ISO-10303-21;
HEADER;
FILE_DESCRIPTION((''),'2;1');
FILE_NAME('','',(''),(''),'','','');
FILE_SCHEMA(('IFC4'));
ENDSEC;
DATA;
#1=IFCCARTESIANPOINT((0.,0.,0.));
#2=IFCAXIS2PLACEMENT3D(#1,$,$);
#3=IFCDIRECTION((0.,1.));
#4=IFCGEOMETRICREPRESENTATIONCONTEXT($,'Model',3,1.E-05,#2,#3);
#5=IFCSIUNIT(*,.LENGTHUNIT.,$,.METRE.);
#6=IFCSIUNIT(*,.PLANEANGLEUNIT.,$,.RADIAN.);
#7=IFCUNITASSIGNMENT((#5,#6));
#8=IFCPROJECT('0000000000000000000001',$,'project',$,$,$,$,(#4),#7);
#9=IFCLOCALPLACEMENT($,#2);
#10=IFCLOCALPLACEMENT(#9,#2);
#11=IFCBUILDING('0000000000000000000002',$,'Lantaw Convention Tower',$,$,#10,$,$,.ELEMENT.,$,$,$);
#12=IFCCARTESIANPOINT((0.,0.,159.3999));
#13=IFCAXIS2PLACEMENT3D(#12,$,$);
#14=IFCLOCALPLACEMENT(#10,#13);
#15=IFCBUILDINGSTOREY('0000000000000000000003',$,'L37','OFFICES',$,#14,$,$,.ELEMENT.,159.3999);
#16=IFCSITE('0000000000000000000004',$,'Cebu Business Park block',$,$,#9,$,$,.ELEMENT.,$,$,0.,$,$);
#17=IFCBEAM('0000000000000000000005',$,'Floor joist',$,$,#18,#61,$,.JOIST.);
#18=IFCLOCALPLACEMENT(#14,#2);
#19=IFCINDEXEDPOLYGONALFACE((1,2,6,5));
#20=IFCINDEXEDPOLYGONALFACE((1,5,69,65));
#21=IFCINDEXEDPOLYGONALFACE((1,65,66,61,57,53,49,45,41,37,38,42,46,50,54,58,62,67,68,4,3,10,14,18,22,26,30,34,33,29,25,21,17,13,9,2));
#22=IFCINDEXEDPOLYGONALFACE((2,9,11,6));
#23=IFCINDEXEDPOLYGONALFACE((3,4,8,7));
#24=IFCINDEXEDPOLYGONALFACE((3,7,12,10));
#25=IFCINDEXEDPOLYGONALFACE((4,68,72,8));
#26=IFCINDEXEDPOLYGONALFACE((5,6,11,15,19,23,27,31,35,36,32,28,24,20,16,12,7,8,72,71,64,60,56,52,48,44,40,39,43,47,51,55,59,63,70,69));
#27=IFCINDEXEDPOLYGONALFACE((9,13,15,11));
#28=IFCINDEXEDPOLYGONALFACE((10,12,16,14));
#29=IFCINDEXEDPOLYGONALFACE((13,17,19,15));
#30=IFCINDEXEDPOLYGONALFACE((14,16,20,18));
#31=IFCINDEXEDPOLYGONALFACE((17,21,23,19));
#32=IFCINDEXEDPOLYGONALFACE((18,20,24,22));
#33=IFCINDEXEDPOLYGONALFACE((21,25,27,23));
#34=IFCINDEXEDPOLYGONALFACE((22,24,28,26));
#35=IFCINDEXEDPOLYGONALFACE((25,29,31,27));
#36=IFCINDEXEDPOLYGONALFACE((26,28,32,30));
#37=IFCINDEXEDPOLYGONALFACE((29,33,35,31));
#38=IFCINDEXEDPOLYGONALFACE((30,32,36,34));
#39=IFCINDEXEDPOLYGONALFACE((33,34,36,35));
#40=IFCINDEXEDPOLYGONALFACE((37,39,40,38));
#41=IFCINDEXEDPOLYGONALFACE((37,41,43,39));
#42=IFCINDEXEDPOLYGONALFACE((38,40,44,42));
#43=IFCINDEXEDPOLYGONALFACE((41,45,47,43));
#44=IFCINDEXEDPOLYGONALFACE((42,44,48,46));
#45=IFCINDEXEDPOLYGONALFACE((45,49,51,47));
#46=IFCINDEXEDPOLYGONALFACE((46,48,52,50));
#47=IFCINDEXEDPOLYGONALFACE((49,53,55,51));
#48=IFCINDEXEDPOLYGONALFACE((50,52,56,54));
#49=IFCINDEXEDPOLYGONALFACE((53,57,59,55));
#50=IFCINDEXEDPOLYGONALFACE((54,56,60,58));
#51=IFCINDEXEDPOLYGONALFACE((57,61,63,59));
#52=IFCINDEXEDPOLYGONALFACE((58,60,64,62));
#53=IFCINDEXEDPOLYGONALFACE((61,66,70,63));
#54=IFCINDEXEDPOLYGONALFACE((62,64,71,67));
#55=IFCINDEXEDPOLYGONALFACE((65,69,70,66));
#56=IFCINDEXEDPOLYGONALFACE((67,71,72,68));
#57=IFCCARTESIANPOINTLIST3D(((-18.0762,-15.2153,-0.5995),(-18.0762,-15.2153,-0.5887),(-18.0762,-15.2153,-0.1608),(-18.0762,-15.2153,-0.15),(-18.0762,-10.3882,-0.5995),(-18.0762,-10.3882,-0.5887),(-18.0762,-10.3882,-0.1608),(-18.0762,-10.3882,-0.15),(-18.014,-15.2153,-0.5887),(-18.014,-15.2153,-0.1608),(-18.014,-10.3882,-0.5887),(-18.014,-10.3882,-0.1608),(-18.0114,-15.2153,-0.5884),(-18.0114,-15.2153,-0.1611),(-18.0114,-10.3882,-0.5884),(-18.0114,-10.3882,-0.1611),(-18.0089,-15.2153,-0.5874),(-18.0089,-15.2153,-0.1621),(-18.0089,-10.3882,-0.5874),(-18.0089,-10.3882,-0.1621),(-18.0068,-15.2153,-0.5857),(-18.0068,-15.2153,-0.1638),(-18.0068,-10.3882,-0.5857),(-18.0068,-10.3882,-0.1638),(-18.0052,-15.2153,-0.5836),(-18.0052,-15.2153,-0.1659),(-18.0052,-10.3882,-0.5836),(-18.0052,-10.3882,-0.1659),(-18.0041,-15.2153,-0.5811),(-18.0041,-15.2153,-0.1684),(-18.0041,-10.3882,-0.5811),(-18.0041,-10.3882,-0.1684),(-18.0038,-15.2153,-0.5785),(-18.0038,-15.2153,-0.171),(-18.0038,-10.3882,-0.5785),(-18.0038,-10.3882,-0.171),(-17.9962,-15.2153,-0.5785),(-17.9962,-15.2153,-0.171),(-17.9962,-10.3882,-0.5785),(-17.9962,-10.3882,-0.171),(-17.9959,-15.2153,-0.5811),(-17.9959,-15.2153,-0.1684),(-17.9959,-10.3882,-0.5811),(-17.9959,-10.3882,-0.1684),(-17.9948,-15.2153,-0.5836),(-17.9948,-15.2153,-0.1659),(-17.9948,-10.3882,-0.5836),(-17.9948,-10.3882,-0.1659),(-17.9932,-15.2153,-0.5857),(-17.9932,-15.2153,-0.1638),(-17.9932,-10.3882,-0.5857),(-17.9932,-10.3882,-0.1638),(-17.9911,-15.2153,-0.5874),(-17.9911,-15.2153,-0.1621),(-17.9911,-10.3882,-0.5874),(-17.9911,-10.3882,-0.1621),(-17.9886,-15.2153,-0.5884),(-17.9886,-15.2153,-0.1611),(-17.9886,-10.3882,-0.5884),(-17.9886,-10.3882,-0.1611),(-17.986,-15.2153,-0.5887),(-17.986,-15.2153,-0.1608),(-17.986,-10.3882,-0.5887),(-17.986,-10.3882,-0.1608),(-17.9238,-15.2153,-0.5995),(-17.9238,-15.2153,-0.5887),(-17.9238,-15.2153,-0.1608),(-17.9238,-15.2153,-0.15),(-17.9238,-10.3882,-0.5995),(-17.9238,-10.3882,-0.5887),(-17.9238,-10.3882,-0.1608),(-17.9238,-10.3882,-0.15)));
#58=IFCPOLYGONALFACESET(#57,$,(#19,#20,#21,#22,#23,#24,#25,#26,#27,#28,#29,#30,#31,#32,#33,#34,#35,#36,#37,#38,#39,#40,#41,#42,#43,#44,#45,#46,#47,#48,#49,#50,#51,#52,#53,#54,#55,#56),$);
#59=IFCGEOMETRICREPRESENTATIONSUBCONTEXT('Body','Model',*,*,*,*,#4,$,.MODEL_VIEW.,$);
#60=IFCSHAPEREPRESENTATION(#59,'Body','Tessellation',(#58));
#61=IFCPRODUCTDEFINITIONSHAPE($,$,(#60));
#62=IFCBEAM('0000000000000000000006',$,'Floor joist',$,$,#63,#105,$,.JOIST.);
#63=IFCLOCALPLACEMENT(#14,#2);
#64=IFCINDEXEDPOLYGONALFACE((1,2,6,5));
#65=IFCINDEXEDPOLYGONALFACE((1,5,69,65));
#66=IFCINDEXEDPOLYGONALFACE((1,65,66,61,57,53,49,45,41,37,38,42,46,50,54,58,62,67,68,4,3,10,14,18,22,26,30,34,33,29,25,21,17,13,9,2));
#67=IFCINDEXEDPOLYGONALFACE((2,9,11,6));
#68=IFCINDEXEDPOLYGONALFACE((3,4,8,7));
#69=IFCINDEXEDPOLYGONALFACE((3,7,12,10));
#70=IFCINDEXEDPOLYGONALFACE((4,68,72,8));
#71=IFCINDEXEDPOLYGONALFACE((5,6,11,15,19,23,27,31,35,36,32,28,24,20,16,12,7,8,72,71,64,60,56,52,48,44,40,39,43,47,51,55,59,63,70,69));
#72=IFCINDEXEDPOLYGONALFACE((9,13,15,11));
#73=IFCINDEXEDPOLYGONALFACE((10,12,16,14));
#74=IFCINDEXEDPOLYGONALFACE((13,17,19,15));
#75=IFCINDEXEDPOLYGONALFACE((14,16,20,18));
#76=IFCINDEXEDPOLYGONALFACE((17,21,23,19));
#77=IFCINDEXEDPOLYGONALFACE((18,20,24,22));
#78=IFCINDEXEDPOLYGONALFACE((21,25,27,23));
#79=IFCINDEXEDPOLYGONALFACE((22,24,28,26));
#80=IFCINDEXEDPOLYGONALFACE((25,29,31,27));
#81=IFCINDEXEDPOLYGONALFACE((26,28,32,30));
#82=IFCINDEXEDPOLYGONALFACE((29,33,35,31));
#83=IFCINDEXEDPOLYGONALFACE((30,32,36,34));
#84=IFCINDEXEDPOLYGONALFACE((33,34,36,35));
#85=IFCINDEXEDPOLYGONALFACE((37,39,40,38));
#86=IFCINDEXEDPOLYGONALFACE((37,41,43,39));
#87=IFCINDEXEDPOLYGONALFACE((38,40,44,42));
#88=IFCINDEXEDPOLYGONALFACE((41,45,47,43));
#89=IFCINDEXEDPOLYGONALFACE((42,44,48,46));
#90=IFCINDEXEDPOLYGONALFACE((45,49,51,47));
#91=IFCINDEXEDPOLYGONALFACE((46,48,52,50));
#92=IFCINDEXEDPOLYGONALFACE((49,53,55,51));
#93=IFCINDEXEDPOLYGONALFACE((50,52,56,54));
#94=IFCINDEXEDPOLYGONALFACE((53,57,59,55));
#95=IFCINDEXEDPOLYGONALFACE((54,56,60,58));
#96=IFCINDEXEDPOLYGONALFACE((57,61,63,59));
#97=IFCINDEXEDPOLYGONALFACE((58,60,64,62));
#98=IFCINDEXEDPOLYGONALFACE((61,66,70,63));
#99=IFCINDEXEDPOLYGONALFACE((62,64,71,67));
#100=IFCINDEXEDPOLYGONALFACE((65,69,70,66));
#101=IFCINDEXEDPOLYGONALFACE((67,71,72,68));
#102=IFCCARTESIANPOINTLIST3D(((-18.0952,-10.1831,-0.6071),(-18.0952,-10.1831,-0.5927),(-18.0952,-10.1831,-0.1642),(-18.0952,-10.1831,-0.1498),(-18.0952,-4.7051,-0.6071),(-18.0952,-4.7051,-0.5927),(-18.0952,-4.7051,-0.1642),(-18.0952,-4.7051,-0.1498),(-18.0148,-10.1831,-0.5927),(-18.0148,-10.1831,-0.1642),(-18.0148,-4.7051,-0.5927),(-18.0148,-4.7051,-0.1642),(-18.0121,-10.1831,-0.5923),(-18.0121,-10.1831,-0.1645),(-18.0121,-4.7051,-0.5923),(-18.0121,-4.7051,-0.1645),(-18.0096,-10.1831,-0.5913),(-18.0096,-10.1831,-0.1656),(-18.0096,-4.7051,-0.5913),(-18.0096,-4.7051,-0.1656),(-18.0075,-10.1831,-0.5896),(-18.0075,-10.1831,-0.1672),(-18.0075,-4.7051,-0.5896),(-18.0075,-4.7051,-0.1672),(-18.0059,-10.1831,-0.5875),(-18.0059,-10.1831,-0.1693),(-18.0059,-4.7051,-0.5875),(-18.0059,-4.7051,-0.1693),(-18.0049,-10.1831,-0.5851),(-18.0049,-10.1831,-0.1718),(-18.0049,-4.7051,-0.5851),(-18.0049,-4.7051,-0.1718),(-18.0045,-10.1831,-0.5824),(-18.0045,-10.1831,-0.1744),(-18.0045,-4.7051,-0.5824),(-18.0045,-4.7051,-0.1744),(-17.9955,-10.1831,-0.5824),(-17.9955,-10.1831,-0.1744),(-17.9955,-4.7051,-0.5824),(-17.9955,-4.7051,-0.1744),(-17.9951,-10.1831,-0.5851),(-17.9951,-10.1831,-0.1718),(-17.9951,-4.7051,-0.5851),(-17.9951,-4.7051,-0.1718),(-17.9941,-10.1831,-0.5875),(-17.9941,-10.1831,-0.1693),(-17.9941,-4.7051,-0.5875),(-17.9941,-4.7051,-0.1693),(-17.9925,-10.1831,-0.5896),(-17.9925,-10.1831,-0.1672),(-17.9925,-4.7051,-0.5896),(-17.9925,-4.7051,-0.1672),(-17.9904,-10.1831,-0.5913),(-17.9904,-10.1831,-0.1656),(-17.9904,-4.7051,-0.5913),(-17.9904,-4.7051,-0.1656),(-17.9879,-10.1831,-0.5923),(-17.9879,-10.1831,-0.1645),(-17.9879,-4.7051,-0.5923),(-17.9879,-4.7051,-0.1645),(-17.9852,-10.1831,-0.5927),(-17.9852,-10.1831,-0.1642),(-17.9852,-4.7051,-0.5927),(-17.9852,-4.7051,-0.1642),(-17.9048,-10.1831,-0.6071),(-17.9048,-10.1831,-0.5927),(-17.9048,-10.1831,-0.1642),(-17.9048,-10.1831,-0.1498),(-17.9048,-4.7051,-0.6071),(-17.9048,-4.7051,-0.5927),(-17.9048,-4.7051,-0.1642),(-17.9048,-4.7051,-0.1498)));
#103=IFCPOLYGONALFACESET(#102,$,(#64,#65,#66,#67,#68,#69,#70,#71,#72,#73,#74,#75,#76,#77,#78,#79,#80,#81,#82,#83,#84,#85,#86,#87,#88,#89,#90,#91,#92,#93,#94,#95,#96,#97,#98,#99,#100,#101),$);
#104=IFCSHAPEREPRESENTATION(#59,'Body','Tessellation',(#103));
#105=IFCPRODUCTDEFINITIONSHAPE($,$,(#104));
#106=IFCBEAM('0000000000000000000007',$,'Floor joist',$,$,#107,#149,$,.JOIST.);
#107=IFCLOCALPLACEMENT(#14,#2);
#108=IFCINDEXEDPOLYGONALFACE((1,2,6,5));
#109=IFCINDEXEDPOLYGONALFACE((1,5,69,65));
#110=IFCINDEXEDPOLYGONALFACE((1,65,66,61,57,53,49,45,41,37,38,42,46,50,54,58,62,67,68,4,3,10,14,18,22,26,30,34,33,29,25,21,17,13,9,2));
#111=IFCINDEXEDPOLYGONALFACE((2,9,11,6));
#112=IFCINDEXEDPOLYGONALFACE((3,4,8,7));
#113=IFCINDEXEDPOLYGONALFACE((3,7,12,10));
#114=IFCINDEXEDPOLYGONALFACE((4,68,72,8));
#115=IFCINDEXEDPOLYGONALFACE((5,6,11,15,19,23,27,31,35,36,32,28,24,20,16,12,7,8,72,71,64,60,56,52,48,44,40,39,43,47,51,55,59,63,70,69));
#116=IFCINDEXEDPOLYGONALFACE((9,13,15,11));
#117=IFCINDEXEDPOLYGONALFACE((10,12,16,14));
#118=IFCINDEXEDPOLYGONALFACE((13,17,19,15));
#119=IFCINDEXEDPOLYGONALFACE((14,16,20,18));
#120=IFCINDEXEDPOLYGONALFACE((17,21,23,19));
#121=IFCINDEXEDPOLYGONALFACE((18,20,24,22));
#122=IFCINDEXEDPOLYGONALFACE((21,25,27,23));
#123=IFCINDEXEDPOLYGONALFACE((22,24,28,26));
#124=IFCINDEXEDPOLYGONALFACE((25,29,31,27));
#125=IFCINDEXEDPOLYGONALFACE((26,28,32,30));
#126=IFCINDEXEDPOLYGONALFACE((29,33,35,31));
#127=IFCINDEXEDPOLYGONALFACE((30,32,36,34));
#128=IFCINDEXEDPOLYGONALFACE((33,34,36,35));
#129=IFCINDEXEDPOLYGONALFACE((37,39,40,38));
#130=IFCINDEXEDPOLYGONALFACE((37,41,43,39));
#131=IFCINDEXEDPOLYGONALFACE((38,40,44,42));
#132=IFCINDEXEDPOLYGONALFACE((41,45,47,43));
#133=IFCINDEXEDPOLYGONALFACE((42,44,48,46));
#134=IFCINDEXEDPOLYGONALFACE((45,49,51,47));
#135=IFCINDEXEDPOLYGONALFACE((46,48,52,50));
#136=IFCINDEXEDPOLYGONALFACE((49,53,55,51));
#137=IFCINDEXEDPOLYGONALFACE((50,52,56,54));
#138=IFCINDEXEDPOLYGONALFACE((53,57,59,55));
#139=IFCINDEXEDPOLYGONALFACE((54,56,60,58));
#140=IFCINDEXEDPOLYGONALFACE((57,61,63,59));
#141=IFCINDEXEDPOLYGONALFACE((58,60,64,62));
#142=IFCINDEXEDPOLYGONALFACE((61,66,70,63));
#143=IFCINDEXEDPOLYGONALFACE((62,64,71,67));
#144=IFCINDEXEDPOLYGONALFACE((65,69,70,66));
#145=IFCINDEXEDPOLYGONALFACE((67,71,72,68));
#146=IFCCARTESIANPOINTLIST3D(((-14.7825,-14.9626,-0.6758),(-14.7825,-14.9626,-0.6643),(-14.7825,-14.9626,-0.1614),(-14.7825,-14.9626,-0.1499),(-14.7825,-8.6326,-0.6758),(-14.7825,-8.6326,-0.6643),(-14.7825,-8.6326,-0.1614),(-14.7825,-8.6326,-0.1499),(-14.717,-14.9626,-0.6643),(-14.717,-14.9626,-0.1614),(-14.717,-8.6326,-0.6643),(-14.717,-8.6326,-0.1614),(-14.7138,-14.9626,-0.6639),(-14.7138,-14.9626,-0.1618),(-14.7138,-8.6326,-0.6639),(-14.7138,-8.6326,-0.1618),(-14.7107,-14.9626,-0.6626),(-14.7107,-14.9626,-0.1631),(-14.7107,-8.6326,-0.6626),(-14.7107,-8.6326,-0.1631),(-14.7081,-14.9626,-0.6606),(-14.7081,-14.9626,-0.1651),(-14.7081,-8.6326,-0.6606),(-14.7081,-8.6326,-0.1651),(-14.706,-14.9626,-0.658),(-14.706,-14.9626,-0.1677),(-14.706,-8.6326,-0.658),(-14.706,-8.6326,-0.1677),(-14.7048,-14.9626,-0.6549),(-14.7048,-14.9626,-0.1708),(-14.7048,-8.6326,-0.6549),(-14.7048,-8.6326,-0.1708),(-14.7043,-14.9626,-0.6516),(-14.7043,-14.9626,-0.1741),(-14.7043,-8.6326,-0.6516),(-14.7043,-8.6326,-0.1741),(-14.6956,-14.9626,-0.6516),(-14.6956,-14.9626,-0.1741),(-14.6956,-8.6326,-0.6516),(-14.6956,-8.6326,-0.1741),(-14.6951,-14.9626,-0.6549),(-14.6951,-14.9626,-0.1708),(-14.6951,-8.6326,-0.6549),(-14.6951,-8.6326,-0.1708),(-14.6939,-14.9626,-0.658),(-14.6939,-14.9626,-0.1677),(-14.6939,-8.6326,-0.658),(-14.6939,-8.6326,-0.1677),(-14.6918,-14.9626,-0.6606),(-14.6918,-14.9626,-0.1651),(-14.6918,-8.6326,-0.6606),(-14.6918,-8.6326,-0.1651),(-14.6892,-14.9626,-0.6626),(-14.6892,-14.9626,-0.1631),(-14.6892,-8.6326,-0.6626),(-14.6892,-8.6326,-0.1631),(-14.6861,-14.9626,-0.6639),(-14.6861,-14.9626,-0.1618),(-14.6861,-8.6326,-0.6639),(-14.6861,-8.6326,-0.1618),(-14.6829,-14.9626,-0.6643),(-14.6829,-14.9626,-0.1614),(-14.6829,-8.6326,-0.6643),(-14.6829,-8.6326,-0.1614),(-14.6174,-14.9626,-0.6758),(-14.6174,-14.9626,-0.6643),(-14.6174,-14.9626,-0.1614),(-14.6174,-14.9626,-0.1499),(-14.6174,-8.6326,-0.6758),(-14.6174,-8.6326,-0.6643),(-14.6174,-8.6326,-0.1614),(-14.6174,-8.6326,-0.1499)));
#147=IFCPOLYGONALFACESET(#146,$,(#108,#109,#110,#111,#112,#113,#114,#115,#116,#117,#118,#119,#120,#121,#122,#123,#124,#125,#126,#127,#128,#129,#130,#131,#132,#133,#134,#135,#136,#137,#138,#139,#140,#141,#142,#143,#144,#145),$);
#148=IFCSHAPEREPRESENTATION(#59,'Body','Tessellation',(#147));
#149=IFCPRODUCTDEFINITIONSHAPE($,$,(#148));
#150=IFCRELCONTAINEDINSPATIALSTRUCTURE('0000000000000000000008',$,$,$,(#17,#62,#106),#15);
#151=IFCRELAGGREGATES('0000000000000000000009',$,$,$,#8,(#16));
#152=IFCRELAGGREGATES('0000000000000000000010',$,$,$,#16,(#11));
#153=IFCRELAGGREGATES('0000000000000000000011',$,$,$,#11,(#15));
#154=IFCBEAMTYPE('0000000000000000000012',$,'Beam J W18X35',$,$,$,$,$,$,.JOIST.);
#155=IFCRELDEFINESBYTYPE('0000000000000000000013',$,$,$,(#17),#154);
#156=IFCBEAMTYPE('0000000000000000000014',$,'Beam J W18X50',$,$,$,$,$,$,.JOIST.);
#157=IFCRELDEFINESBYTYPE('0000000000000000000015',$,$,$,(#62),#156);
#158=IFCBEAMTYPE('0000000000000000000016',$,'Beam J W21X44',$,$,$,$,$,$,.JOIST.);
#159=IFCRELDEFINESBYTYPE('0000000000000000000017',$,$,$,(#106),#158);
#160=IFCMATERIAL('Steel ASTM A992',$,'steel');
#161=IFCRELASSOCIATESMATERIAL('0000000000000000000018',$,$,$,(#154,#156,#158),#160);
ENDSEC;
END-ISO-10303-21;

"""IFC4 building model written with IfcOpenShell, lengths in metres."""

from ifc_helpers import new_model, si_unit, direction, frame, origin, origin_2d, place, context, subcontext, project, spatial, i_section, extrude, material, material_profile, profile_set, type_object, element, save


model = new_model("IFC4")

# Units and contexts
model_context = context("Model", 3, precision=1e-05, world=origin(), true_north=direction((0.0, 1.0)))
body_context = subcontext(model_context, "Body", "Model", "MODEL_VIEW")
ifc_project = project(units=[si_unit("LENGTHUNIT", "METRE"), si_unit("PLANEANGLEUNIT", "RADIAN")], contexts=[model_context])

# Site, building, storey
site_placement = place(None, origin())
site = spatial("IfcSite", under=ifc_project, at=site_placement, Name="Cebu Business Park block", CompositionType="ELEMENT", RefElevation=0.0)
building_placement = place(site_placement, origin())
building = spatial("IfcBuilding", under=site, at=building_placement, Name="Lantaw Convention Tower", CompositionType="ELEMENT")
storey_placement = place(building_placement, frame((0.0, 0.0, 159.3999)))
storey = spatial("IfcBuildingStorey", under=building, at=storey_placement, Name="L37", Description="OFFICES", CompositionType="ELEMENT", Elevation=159.3999)

# Beams
ifc_material_1 = material(Name="Steel ASTM A992", Category="steel")
ifc_material_profile_1 = material_profile(ifc_material_1, i_section(OverallWidth=0.1523, OverallDepth=0.4495, WebThickness=0.0076, FlangeThickness=0.0107, FilletRadius=0.0103, at=origin_2d()), Name="W18X35")
ifc_profile_set_1 = profile_set([ifc_material_profile_1], Name="Steel ASTM A992")
beam_type_1 = type_object("IfcBeamType", Name="Beam J W18X35", PredefinedType="JOIST", material=ifc_profile_set_1)
beam_1_placement = place(storey_placement, frame((-18.0, -15.2153, -0.3748), z_axis=(0.0, 1.0, 0.0), x_axis=(-1.0, 0.0, 0.0)))
element("IfcBeam", 1, at=beam_1_placement, inside=storey, type_object=beam_type_1, Name="Floor joist", PredefinedType="JOIST", context=body_context, shape_type="SweptSolid", body=[
    extrude(i_section(OverallWidth=0.1523, OverallDepth=0.4495, WebThickness=0.0076, FlangeThickness=0.0107, FilletRadius=0.0103, at=origin_2d()), origin(), (0.0, 0.0, 1.0), 4.8271),
])
ifc_material_profile_2 = material_profile(ifc_material_1, i_section(OverallWidth=0.1904, OverallDepth=0.4573, WebThickness=0.009, FlangeThickness=0.0144, FilletRadius=0.0103, at=origin_2d()), Name="W18X50")
ifc_profile_set_2 = profile_set([ifc_material_profile_2], Name="Steel ASTM A992")
beam_type_2 = type_object("IfcBeamType", Name="Beam J W18X50", PredefinedType="JOIST", material=ifc_profile_set_2)
beam_2_placement = place(storey_placement, frame((-18.0, -10.1831, -0.3784), z_axis=(0.0, 1.0, 0.0), x_axis=(-1.0, 0.0, 0.0)))
element("IfcBeam", 2, at=beam_2_placement, inside=storey, type_object=beam_type_2, Name="Floor joist", PredefinedType="JOIST", context=body_context, shape_type="SweptSolid", body=[
    extrude(i_section(OverallWidth=0.1904, OverallDepth=0.4573, WebThickness=0.009, FlangeThickness=0.0144, FilletRadius=0.0103, at=origin_2d()), origin(), (0.0, 0.0, 1.0), 5.478),
])
ifc_material_profile_3 = material_profile(ifc_material_1, i_section(OverallWidth=0.165, OverallDepth=0.5259, WebThickness=0.0088, FlangeThickness=0.0115, FilletRadius=0.0127, at=origin_2d()), Name="W21X44")
ifc_profile_set_3 = profile_set([ifc_material_profile_3], Name="Steel ASTM A992")
beam_type_3 = type_object("IfcBeamType", Name="Beam J W21X44", PredefinedType="JOIST", material=ifc_profile_set_3)
beam_3_placement = place(storey_placement, frame((-14.7, -14.9626, -0.4128), z_axis=(0.0, 1.0, 0.0), x_axis=(-1.0, 0.0, 0.0)))
element("IfcBeam", 3, at=beam_3_placement, inside=storey, type_object=beam_type_3, Name="Floor joist", PredefinedType="JOIST", context=body_context, shape_type="SweptSolid", body=[
    extrude(i_section(OverallWidth=0.165, OverallDepth=0.5259, WebThickness=0.0088, FlangeThickness=0.0115, FilletRadius=0.0127, at=origin_2d()), origin(), (0.0, 0.0, 1.0), 6.3301),
])

save(model, "model.ifc")
